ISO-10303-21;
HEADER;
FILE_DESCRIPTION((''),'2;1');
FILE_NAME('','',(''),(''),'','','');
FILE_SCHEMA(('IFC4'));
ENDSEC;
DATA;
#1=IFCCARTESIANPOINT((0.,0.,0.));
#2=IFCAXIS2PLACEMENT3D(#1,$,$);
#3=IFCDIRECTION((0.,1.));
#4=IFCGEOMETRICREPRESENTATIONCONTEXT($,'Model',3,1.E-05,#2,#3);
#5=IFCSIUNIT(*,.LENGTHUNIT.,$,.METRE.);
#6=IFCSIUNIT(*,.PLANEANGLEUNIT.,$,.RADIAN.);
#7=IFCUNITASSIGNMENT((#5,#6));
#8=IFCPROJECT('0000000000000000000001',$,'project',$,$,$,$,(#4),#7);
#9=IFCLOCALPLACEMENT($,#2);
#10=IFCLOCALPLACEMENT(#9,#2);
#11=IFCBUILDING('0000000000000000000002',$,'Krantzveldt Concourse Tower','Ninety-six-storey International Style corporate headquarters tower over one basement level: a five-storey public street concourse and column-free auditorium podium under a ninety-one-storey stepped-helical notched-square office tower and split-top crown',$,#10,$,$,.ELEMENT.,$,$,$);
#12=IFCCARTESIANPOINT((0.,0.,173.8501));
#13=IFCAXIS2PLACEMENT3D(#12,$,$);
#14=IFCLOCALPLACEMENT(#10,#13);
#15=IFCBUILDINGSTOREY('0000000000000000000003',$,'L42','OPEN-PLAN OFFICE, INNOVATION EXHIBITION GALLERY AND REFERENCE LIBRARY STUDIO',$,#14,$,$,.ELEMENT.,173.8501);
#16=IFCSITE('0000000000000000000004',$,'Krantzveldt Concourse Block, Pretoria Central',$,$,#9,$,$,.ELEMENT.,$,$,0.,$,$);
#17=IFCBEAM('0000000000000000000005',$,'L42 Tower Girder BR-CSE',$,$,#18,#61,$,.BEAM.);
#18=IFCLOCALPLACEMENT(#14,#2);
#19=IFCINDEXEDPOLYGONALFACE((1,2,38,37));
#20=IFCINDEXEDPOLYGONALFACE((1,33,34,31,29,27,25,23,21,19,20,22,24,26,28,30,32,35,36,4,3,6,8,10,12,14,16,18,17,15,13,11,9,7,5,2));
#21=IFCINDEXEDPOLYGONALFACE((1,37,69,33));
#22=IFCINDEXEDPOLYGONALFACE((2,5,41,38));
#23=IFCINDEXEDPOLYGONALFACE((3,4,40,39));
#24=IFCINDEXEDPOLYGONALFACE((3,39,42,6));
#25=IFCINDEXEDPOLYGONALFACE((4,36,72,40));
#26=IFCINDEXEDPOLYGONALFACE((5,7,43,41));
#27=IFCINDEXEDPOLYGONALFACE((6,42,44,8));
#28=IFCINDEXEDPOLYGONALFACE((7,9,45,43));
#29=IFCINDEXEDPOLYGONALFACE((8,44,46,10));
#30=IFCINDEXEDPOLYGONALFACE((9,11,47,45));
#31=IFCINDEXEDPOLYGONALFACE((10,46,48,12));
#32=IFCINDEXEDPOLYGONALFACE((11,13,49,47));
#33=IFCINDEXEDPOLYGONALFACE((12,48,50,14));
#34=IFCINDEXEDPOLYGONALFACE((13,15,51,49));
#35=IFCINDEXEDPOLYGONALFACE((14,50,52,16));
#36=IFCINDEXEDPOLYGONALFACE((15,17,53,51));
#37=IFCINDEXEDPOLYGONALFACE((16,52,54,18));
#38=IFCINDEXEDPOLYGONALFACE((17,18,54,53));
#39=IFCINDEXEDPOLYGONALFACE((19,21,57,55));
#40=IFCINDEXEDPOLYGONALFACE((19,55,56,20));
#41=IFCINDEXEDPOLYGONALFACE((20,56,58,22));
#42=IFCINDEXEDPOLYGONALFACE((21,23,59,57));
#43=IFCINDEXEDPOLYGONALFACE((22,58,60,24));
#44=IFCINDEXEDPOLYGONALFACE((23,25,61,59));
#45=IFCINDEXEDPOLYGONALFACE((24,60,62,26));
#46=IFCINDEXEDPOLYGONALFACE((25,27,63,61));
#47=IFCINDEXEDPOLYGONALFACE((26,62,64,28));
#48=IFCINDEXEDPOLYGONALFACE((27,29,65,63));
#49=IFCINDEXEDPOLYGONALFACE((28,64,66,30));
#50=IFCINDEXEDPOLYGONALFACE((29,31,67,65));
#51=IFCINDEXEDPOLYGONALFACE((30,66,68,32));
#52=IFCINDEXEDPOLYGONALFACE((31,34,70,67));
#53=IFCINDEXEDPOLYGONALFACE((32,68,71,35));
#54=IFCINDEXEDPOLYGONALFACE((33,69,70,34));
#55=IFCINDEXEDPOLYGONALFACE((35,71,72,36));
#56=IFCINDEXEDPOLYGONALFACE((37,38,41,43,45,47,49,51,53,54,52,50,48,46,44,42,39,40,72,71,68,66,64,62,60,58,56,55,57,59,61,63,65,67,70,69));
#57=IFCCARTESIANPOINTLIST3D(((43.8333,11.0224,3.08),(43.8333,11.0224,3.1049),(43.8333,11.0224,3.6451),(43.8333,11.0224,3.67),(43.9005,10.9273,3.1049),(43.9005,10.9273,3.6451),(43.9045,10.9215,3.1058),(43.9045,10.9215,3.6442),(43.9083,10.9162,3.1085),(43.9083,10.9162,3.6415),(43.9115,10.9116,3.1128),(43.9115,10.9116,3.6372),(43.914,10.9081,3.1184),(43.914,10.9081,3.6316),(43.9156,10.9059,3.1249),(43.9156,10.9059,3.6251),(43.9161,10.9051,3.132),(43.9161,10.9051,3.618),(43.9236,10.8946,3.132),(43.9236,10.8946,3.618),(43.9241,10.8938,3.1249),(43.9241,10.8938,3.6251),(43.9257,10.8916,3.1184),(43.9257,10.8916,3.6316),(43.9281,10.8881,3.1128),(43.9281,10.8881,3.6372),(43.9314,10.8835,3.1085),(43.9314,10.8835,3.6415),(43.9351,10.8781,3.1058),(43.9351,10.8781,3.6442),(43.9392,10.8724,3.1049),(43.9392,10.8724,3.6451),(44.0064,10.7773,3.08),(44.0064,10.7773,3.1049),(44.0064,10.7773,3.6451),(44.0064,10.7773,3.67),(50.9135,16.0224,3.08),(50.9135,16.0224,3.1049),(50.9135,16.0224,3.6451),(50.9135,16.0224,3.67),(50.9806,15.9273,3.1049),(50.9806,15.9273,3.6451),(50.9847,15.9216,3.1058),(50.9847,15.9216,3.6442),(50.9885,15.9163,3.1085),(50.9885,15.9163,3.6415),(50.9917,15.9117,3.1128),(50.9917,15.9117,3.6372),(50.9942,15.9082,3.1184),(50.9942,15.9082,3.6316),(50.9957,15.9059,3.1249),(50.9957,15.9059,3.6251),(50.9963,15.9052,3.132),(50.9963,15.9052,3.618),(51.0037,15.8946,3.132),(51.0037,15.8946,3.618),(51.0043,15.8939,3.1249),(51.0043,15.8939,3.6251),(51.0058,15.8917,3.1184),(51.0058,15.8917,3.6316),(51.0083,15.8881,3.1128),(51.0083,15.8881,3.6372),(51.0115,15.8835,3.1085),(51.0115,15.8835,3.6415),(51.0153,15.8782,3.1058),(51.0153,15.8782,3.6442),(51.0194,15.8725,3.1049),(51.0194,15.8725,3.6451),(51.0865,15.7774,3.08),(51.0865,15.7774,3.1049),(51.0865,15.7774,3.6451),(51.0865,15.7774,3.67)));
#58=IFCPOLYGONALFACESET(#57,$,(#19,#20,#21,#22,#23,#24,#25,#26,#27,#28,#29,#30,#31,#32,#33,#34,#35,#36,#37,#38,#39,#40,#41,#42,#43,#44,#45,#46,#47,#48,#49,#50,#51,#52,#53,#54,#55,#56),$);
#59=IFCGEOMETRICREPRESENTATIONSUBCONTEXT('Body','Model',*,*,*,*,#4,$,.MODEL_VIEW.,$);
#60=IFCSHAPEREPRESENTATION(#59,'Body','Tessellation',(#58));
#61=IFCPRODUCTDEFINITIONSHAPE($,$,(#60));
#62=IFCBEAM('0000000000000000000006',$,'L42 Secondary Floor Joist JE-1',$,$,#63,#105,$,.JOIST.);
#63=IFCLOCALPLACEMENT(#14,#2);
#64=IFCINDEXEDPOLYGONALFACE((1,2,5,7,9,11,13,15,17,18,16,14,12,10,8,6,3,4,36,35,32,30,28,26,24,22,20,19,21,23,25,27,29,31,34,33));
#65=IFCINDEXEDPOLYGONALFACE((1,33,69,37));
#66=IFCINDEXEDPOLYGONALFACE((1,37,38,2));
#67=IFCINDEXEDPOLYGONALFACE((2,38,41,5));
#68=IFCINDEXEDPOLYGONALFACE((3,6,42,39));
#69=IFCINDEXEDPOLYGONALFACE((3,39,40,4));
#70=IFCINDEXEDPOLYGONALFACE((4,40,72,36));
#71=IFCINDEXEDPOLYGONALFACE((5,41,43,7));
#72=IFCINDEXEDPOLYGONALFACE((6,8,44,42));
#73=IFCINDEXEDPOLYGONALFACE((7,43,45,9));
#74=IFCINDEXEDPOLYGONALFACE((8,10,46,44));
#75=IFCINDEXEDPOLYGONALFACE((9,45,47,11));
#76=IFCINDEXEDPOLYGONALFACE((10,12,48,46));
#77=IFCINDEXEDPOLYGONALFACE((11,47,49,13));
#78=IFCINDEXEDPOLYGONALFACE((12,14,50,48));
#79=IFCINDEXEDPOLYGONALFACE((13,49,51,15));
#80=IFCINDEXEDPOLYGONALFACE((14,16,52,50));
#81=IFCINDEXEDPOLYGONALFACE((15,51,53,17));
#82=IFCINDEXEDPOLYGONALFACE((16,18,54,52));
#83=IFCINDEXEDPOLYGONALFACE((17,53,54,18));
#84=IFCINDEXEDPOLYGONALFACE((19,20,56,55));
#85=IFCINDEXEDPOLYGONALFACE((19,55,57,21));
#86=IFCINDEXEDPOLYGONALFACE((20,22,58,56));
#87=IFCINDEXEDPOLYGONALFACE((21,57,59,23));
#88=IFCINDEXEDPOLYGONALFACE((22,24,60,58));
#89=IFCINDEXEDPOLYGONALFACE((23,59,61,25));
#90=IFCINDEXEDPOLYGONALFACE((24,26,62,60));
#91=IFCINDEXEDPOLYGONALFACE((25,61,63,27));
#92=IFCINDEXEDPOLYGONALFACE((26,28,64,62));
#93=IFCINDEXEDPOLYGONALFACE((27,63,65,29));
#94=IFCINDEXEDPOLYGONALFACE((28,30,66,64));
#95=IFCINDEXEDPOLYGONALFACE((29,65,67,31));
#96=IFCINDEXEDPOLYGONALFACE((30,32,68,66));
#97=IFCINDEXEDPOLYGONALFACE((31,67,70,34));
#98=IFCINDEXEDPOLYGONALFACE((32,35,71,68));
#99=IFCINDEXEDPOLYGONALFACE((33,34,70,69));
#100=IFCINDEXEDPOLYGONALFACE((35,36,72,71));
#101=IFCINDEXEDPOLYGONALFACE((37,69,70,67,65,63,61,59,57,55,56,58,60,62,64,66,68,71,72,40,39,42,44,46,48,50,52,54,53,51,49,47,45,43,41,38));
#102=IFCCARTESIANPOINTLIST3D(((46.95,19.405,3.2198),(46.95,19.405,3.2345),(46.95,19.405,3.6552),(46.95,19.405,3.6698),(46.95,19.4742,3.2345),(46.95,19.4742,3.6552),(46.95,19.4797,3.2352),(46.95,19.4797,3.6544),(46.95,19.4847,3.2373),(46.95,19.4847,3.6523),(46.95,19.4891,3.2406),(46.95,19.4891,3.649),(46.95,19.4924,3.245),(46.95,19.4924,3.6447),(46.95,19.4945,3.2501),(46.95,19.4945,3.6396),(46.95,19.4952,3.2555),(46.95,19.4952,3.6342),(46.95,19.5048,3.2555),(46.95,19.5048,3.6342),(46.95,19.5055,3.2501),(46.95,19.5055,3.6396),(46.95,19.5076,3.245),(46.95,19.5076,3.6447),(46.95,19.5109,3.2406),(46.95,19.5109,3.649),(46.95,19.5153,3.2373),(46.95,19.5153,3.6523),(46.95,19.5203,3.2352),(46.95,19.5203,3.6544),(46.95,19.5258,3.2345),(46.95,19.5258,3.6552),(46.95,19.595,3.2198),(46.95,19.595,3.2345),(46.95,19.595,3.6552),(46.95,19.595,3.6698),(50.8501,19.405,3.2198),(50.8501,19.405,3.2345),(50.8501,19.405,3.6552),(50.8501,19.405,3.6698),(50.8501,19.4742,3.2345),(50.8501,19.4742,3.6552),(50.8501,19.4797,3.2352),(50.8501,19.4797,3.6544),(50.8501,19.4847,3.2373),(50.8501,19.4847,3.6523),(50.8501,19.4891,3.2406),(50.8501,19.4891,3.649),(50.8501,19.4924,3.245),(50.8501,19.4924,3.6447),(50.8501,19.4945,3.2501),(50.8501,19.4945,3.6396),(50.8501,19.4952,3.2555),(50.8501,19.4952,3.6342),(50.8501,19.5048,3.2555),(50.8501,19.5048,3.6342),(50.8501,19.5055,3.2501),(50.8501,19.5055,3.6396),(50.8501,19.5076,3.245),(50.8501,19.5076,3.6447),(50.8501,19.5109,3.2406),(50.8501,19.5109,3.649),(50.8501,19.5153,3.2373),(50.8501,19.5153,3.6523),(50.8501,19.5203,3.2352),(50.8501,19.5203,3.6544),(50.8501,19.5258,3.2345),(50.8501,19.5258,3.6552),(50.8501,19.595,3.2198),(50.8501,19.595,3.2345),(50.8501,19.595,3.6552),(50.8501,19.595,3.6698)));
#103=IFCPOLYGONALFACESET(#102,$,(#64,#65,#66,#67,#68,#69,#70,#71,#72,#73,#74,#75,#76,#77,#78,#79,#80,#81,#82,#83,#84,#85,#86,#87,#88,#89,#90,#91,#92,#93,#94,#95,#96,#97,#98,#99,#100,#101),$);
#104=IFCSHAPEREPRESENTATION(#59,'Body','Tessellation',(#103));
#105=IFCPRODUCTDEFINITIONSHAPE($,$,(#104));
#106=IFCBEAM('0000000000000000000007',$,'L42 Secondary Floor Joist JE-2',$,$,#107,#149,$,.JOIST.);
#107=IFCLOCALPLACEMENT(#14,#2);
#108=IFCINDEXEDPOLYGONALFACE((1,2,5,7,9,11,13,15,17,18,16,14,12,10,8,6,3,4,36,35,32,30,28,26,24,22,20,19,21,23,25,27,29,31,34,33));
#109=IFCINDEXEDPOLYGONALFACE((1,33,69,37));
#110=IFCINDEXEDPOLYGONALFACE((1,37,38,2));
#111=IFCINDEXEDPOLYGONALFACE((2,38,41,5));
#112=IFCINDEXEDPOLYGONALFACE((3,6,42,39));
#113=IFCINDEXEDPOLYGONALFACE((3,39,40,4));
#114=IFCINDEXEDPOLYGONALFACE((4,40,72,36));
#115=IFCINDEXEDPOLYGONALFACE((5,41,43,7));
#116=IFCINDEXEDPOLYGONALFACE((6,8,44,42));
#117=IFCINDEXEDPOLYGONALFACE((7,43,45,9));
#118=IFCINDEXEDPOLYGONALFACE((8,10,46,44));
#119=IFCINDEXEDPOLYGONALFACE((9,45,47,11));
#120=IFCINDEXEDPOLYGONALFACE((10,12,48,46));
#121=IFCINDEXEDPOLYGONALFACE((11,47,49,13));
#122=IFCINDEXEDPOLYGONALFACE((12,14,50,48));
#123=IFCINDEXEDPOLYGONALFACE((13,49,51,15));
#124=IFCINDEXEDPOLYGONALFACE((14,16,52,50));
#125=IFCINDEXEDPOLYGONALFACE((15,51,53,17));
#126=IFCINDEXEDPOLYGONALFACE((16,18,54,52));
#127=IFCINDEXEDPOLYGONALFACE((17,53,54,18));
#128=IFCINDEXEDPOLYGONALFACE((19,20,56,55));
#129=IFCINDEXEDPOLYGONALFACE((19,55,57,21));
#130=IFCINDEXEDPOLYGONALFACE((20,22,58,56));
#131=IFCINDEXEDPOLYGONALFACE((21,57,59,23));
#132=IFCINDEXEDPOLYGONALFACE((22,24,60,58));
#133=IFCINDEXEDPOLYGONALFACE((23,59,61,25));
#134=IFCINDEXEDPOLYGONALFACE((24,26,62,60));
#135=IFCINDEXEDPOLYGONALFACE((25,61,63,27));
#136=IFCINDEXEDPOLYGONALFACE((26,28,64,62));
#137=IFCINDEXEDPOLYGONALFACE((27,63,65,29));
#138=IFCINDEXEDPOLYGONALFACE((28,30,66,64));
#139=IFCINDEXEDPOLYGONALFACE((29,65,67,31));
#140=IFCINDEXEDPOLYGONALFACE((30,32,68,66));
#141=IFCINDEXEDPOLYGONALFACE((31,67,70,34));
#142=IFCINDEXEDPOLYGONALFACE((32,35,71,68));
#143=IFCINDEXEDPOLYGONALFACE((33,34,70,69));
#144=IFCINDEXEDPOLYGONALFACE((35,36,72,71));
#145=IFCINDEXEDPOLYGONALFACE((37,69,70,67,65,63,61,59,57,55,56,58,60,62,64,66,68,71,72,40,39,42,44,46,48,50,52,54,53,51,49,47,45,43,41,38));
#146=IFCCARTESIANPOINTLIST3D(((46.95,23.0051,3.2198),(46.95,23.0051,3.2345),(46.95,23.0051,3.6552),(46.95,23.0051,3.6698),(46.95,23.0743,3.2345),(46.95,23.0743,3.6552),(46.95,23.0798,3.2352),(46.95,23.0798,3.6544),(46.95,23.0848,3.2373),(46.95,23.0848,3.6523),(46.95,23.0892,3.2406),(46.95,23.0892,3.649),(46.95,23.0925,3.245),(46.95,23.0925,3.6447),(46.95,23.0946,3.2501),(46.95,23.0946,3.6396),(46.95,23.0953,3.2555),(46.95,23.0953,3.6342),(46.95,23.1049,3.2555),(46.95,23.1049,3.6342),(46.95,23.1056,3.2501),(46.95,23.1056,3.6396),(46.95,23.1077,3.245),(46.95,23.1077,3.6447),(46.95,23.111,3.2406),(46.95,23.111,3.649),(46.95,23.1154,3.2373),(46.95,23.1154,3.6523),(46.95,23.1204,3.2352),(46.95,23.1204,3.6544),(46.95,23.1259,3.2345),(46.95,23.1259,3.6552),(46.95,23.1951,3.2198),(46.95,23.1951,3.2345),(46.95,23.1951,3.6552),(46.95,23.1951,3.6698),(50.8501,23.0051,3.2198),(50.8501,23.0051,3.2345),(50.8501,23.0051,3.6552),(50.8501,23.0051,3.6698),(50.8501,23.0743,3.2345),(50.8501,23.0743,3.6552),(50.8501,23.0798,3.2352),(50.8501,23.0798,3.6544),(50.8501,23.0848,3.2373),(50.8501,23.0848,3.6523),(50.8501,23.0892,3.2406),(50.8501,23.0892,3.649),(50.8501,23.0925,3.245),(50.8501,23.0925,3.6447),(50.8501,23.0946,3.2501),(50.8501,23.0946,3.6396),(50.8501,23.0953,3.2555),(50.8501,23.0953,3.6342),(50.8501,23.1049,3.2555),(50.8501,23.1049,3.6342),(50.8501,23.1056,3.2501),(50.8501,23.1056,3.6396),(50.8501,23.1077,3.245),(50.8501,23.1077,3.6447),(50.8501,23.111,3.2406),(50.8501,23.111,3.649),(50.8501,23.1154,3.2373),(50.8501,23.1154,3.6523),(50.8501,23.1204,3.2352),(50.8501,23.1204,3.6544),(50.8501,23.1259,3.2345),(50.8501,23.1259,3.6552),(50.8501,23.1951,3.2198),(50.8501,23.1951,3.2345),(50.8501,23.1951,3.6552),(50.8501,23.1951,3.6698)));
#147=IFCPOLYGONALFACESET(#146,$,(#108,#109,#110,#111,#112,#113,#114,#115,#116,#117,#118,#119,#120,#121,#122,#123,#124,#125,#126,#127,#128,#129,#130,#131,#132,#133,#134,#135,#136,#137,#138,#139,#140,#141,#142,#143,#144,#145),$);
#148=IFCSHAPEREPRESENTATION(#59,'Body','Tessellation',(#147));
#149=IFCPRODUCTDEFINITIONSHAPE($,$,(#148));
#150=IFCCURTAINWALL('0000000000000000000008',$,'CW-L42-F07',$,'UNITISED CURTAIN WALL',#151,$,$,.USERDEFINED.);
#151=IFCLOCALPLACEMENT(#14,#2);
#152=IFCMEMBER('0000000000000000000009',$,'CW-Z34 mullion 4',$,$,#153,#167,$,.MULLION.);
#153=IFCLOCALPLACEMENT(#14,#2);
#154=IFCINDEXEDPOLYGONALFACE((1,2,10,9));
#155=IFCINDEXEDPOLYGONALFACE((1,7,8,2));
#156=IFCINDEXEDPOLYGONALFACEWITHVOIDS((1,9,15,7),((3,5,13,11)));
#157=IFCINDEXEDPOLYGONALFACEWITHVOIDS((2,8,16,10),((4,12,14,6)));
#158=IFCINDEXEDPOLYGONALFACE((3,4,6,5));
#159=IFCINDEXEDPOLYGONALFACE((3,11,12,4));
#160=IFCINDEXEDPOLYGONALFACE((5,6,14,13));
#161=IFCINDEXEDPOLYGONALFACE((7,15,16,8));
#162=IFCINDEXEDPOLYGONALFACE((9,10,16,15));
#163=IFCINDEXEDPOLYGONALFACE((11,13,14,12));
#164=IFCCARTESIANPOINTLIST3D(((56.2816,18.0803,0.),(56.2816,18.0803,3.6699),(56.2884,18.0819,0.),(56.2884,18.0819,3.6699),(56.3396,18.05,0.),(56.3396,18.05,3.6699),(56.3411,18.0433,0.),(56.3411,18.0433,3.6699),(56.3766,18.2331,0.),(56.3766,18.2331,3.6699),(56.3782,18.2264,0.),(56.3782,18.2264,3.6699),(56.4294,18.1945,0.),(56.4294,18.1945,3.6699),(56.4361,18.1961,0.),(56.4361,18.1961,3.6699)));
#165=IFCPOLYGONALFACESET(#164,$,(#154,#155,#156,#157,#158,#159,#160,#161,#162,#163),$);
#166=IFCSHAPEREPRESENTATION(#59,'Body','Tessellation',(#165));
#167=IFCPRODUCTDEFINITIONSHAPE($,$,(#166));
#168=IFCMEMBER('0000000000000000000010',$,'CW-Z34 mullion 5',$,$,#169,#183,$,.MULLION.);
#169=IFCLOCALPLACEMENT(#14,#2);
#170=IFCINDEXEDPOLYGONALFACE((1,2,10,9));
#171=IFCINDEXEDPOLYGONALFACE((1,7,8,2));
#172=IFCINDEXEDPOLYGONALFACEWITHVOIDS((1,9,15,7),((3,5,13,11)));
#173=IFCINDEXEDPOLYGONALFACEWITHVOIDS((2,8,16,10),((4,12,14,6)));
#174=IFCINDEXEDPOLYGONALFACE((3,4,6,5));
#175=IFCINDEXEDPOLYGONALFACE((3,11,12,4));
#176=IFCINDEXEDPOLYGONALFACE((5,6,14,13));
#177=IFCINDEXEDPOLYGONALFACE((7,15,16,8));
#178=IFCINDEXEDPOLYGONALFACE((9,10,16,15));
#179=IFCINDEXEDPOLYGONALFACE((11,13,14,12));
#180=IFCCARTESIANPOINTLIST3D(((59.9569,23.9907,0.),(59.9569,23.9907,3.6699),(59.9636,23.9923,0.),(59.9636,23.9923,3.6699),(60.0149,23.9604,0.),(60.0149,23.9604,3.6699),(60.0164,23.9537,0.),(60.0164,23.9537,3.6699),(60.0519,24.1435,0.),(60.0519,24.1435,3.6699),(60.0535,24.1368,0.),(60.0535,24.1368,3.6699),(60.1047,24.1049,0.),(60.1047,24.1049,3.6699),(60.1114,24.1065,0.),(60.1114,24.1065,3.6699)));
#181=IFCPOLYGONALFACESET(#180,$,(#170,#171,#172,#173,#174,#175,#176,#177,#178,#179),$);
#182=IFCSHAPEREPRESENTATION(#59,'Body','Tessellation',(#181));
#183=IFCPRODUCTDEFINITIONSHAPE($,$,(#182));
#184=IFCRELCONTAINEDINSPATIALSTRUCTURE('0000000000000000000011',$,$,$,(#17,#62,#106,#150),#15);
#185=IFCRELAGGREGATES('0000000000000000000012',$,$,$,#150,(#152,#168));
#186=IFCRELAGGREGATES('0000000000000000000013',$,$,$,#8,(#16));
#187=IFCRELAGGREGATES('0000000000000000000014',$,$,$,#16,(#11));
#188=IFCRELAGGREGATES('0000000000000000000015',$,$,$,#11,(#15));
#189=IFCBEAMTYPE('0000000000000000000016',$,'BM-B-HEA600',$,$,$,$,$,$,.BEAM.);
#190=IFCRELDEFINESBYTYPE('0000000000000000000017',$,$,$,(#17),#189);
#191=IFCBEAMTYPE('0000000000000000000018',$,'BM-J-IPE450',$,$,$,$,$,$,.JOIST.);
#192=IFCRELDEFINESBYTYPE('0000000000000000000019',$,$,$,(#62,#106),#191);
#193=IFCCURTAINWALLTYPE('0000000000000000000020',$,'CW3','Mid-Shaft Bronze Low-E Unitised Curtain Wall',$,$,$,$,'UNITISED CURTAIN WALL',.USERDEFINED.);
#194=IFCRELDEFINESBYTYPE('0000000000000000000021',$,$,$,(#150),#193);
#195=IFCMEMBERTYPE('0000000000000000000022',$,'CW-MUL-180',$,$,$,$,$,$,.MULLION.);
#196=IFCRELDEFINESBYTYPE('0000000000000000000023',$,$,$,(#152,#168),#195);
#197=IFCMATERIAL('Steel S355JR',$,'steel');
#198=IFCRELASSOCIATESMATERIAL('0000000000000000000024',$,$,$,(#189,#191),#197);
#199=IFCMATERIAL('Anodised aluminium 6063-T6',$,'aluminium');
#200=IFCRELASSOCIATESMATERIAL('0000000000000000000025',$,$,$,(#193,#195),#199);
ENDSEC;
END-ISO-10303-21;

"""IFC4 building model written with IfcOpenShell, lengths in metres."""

from ifc_helpers import new_model, si_unit, direction, frame, origin, origin_2d, place, context, subcontext, project, spatial, hollow_rectangle, i_section, extrude, source, transform, mapped, material, material_profile, profile_set, type_object, type_shapes, element, aggregate, save


model = new_model("IFC4")

# Units and contexts
model_context = context("Model", 3, precision=1e-05, world=origin(), true_north=direction((0.0, 1.0)))
body_context = subcontext(model_context, "Body", "Model", "MODEL_VIEW")
ifc_project = project(units=[si_unit("LENGTHUNIT", "METRE"), si_unit("PLANEANGLEUNIT", "RADIAN")], contexts=[model_context])

# Site, building, storey
site_placement = place(None, origin())
site = spatial("IfcSite", under=ifc_project, at=site_placement, Name="Krantzveldt Concourse Block, Pretoria Central", CompositionType="ELEMENT", RefElevation=0.0)
building_placement = place(site_placement, origin())
building = spatial("IfcBuilding", under=site, at=building_placement, Name="Krantzveldt Concourse Tower", Description="Ninety-six-storey International Style corporate headquarters tower over one basement level: a five-storey public street concourse and column-free auditorium podium under a ninety-one-storey stepped-helical notched-square office tower and split-top crown", CompositionType="ELEMENT")
storey_placement = place(building_placement, frame((0.0, 0.0, 173.8501)))
storey = spatial("IfcBuildingStorey", under=building, at=storey_placement, Name="L42", Description="OPEN-PLAN OFFICE, INNOVATION EXHIBITION GALLERY AND REFERENCE LIBRARY STUDIO", CompositionType="ELEMENT", Elevation=173.8501)

# Beams
ifc_material_1 = material(Name="Steel S355JR", Category="steel")
ifc_material_profile_1 = material_profile(ifc_material_1, i_section(OverallWidth=0.3, OverallDepth=0.5901, WebThickness=0.0129, FlangeThickness=0.0249, FilletRadius=0.0271, at=origin_2d()), Name="Steel S355JR", Category="steel")
ifc_profile_set_1 = profile_set([ifc_material_profile_1], Name="Steel S355JR - HEA 600")
beam_type_1 = type_object("IfcBeamType", Name="BM-B-HEA600", PredefinedType="BEAM", material=ifc_profile_set_1)
shared_shape_1 = source(origin(), body_context, "Body", "SweptSolid", [
    extrude(i_section(OverallWidth=0.3, OverallDepth=0.5901, WebThickness=0.0129, FlangeThickness=0.0249, FilletRadius=0.0271, at=origin_2d()), origin(), (0.0, 0.0, 1.0), 8.6677),
])
beam_1_placement = place(storey_placement, frame((51.0, 15.8999, 3.375), z_axis=(-0.816843, -0.57686, 0.0), x_axis=(0.57686, -0.816843, 0.0)))
element("IfcBeam", 1, at=beam_1_placement, inside=storey, type_object=beam_type_1, Name="L42 Tower Girder BR-CSE", PredefinedType="BEAM", context=body_context, shape_type="MappedRepresentation", body=[
    mapped(shared_shape_1, transform((0.0, 0.0, 0.0), x_axis=(1.0, 0.0, 0.0), y_axis=(0.0, 1.0, 0.0), z_axis=(0.0, 0.0, 1.0), scale=1.0)),
])
ifc_material_profile_2 = material_profile(ifc_material_1, i_section(OverallWidth=0.1899, OverallDepth=0.45, WebThickness=0.0095, FlangeThickness=0.0146, FilletRadius=0.021, at=origin_2d()), Name="Steel S355JR", Category="steel")
ifc_profile_set_2 = profile_set([ifc_material_profile_2], Name="Steel S355JR - IPE 450")
beam_type_2 = type_object("IfcBeamType", Name="BM-J-IPE450", PredefinedType="JOIST", material=ifc_profile_set_2)
shared_shape_2 = source(origin(), body_context, "Body", "SweptSolid", [
    extrude(i_section(OverallWidth=0.1899, OverallDepth=0.45, WebThickness=0.0095, FlangeThickness=0.0146, FilletRadius=0.021, at=origin_2d()), origin(), (0.0, 0.0, 1.0), 3.9001),
])
type_shapes(beam_type_2, [shared_shape_2])
for number, where, z_axis, x_axis, name in (
    (2, (46.95, 19.5, 3.4448), (1.0, 0.0, 0.0), (0.0, 1.0, 0.0), "L42 Secondary Floor Joist JE-1"),
    (3, (46.95, 23.1001, 3.4448), (1.0, 0.0, 0.0), (0.0, 1.0, 0.0), "L42 Secondary Floor Joist JE-2"),
):
    element("IfcBeam", number, at=place(storey_placement, frame(where, z_axis=z_axis, x_axis=x_axis)), inside=storey, type_object=beam_type_2, Name=name, PredefinedType="JOIST", context=body_context, shape_type="MappedRepresentation", body=[
        mapped(shared_shape_2, transform((0.0, 0.0, 0.0), x_axis=(1.0, 0.0, 0.0), y_axis=(0.0, 1.0, 0.0), z_axis=(0.0, 0.0, 1.0), scale=1.0)),
    ])

# Curtain wall, members
ifc_material_2 = material(Name="Anodised aluminium 6063-T6", Category="aluminium")
curtain_wall_type = type_object("IfcCurtainWallType", Name="CW3", Description="Mid-Shaft Bronze Low-E Unitised Curtain Wall", ElementType="UNITISED CURTAIN WALL", PredefinedType="USERDEFINED", material=ifc_material_2)
curtain_wall_placement = place(storey_placement, origin())
curtain_wall = element("IfcCurtainWall", 4, at=curtain_wall_placement, inside=storey, type_object=curtain_wall_type, Name="CW-L42-F07", ObjectType="UNITISED CURTAIN WALL", PredefinedType="USERDEFINED")
ifc_material_profile_3 = material_profile(ifc_material_2, hollow_rectangle(XDim=0.0701, YDim=0.1799, WallThickness=0.0049, at=origin_2d()), Name="Anodised aluminium 6063-T6", Category="aluminium")
ifc_profile_set_3 = profile_set([ifc_material_profile_3], Name="Anodised aluminium 6063-T6 - ALU-MULL 180x70x5")
member_type_1 = type_object("IfcMemberType", Name="CW-MUL-180", PredefinedType="MULLION", material=ifc_profile_set_3)
shared_shape_3 = source(origin(), body_context, "Body", "SweptSolid", [
    extrude(hollow_rectangle(XDim=0.0701, YDim=0.1799, WallThickness=0.0049, at=origin_2d()), origin(), (0.0, 0.0, 1.0), 3.6699),
])
type_shapes(member_type_1, [shared_shape_3])
member_1_placement = place(storey_placement, frame((56.3589, 18.1382, 0.0), z_axis=(0.0, 0.0, 1.0), x_axis=(-0.849202, 0.528068, 0.0)))
member_1 = element("IfcMember", 5, at=member_1_placement, type_object=member_type_1, Name="CW-Z34 mullion 4", PredefinedType="MULLION", context=body_context, shape_type="MappedRepresentation", body=[
    mapped(shared_shape_3, transform((0.0, 0.0, 0.0), x_axis=(1.0, 0.0, 0.0), y_axis=(0.0, 1.0, 0.0), z_axis=(0.0, 0.0, 1.0), scale=1.0)),
])
member_2_placement = place(storey_placement, frame((60.0342, 24.0486, 0.0), z_axis=(0.0, 0.0, 1.0), x_axis=(-0.849202, 0.528068, 0.0)))
member_2 = element("IfcMember", 6, at=member_2_placement, type_object=member_type_1, Name="CW-Z34 mullion 5", PredefinedType="MULLION", context=body_context, shape_type="MappedRepresentation", body=[
    mapped(shared_shape_3, transform((0.0, 0.0, 0.0), x_axis=(1.0, 0.0, 0.0), y_axis=(0.0, 1.0, 0.0), z_axis=(0.0, 0.0, 1.0), scale=1.0)),
])
aggregate(curtain_wall, [member_1, member_2])

save(model, "model.ifc")
